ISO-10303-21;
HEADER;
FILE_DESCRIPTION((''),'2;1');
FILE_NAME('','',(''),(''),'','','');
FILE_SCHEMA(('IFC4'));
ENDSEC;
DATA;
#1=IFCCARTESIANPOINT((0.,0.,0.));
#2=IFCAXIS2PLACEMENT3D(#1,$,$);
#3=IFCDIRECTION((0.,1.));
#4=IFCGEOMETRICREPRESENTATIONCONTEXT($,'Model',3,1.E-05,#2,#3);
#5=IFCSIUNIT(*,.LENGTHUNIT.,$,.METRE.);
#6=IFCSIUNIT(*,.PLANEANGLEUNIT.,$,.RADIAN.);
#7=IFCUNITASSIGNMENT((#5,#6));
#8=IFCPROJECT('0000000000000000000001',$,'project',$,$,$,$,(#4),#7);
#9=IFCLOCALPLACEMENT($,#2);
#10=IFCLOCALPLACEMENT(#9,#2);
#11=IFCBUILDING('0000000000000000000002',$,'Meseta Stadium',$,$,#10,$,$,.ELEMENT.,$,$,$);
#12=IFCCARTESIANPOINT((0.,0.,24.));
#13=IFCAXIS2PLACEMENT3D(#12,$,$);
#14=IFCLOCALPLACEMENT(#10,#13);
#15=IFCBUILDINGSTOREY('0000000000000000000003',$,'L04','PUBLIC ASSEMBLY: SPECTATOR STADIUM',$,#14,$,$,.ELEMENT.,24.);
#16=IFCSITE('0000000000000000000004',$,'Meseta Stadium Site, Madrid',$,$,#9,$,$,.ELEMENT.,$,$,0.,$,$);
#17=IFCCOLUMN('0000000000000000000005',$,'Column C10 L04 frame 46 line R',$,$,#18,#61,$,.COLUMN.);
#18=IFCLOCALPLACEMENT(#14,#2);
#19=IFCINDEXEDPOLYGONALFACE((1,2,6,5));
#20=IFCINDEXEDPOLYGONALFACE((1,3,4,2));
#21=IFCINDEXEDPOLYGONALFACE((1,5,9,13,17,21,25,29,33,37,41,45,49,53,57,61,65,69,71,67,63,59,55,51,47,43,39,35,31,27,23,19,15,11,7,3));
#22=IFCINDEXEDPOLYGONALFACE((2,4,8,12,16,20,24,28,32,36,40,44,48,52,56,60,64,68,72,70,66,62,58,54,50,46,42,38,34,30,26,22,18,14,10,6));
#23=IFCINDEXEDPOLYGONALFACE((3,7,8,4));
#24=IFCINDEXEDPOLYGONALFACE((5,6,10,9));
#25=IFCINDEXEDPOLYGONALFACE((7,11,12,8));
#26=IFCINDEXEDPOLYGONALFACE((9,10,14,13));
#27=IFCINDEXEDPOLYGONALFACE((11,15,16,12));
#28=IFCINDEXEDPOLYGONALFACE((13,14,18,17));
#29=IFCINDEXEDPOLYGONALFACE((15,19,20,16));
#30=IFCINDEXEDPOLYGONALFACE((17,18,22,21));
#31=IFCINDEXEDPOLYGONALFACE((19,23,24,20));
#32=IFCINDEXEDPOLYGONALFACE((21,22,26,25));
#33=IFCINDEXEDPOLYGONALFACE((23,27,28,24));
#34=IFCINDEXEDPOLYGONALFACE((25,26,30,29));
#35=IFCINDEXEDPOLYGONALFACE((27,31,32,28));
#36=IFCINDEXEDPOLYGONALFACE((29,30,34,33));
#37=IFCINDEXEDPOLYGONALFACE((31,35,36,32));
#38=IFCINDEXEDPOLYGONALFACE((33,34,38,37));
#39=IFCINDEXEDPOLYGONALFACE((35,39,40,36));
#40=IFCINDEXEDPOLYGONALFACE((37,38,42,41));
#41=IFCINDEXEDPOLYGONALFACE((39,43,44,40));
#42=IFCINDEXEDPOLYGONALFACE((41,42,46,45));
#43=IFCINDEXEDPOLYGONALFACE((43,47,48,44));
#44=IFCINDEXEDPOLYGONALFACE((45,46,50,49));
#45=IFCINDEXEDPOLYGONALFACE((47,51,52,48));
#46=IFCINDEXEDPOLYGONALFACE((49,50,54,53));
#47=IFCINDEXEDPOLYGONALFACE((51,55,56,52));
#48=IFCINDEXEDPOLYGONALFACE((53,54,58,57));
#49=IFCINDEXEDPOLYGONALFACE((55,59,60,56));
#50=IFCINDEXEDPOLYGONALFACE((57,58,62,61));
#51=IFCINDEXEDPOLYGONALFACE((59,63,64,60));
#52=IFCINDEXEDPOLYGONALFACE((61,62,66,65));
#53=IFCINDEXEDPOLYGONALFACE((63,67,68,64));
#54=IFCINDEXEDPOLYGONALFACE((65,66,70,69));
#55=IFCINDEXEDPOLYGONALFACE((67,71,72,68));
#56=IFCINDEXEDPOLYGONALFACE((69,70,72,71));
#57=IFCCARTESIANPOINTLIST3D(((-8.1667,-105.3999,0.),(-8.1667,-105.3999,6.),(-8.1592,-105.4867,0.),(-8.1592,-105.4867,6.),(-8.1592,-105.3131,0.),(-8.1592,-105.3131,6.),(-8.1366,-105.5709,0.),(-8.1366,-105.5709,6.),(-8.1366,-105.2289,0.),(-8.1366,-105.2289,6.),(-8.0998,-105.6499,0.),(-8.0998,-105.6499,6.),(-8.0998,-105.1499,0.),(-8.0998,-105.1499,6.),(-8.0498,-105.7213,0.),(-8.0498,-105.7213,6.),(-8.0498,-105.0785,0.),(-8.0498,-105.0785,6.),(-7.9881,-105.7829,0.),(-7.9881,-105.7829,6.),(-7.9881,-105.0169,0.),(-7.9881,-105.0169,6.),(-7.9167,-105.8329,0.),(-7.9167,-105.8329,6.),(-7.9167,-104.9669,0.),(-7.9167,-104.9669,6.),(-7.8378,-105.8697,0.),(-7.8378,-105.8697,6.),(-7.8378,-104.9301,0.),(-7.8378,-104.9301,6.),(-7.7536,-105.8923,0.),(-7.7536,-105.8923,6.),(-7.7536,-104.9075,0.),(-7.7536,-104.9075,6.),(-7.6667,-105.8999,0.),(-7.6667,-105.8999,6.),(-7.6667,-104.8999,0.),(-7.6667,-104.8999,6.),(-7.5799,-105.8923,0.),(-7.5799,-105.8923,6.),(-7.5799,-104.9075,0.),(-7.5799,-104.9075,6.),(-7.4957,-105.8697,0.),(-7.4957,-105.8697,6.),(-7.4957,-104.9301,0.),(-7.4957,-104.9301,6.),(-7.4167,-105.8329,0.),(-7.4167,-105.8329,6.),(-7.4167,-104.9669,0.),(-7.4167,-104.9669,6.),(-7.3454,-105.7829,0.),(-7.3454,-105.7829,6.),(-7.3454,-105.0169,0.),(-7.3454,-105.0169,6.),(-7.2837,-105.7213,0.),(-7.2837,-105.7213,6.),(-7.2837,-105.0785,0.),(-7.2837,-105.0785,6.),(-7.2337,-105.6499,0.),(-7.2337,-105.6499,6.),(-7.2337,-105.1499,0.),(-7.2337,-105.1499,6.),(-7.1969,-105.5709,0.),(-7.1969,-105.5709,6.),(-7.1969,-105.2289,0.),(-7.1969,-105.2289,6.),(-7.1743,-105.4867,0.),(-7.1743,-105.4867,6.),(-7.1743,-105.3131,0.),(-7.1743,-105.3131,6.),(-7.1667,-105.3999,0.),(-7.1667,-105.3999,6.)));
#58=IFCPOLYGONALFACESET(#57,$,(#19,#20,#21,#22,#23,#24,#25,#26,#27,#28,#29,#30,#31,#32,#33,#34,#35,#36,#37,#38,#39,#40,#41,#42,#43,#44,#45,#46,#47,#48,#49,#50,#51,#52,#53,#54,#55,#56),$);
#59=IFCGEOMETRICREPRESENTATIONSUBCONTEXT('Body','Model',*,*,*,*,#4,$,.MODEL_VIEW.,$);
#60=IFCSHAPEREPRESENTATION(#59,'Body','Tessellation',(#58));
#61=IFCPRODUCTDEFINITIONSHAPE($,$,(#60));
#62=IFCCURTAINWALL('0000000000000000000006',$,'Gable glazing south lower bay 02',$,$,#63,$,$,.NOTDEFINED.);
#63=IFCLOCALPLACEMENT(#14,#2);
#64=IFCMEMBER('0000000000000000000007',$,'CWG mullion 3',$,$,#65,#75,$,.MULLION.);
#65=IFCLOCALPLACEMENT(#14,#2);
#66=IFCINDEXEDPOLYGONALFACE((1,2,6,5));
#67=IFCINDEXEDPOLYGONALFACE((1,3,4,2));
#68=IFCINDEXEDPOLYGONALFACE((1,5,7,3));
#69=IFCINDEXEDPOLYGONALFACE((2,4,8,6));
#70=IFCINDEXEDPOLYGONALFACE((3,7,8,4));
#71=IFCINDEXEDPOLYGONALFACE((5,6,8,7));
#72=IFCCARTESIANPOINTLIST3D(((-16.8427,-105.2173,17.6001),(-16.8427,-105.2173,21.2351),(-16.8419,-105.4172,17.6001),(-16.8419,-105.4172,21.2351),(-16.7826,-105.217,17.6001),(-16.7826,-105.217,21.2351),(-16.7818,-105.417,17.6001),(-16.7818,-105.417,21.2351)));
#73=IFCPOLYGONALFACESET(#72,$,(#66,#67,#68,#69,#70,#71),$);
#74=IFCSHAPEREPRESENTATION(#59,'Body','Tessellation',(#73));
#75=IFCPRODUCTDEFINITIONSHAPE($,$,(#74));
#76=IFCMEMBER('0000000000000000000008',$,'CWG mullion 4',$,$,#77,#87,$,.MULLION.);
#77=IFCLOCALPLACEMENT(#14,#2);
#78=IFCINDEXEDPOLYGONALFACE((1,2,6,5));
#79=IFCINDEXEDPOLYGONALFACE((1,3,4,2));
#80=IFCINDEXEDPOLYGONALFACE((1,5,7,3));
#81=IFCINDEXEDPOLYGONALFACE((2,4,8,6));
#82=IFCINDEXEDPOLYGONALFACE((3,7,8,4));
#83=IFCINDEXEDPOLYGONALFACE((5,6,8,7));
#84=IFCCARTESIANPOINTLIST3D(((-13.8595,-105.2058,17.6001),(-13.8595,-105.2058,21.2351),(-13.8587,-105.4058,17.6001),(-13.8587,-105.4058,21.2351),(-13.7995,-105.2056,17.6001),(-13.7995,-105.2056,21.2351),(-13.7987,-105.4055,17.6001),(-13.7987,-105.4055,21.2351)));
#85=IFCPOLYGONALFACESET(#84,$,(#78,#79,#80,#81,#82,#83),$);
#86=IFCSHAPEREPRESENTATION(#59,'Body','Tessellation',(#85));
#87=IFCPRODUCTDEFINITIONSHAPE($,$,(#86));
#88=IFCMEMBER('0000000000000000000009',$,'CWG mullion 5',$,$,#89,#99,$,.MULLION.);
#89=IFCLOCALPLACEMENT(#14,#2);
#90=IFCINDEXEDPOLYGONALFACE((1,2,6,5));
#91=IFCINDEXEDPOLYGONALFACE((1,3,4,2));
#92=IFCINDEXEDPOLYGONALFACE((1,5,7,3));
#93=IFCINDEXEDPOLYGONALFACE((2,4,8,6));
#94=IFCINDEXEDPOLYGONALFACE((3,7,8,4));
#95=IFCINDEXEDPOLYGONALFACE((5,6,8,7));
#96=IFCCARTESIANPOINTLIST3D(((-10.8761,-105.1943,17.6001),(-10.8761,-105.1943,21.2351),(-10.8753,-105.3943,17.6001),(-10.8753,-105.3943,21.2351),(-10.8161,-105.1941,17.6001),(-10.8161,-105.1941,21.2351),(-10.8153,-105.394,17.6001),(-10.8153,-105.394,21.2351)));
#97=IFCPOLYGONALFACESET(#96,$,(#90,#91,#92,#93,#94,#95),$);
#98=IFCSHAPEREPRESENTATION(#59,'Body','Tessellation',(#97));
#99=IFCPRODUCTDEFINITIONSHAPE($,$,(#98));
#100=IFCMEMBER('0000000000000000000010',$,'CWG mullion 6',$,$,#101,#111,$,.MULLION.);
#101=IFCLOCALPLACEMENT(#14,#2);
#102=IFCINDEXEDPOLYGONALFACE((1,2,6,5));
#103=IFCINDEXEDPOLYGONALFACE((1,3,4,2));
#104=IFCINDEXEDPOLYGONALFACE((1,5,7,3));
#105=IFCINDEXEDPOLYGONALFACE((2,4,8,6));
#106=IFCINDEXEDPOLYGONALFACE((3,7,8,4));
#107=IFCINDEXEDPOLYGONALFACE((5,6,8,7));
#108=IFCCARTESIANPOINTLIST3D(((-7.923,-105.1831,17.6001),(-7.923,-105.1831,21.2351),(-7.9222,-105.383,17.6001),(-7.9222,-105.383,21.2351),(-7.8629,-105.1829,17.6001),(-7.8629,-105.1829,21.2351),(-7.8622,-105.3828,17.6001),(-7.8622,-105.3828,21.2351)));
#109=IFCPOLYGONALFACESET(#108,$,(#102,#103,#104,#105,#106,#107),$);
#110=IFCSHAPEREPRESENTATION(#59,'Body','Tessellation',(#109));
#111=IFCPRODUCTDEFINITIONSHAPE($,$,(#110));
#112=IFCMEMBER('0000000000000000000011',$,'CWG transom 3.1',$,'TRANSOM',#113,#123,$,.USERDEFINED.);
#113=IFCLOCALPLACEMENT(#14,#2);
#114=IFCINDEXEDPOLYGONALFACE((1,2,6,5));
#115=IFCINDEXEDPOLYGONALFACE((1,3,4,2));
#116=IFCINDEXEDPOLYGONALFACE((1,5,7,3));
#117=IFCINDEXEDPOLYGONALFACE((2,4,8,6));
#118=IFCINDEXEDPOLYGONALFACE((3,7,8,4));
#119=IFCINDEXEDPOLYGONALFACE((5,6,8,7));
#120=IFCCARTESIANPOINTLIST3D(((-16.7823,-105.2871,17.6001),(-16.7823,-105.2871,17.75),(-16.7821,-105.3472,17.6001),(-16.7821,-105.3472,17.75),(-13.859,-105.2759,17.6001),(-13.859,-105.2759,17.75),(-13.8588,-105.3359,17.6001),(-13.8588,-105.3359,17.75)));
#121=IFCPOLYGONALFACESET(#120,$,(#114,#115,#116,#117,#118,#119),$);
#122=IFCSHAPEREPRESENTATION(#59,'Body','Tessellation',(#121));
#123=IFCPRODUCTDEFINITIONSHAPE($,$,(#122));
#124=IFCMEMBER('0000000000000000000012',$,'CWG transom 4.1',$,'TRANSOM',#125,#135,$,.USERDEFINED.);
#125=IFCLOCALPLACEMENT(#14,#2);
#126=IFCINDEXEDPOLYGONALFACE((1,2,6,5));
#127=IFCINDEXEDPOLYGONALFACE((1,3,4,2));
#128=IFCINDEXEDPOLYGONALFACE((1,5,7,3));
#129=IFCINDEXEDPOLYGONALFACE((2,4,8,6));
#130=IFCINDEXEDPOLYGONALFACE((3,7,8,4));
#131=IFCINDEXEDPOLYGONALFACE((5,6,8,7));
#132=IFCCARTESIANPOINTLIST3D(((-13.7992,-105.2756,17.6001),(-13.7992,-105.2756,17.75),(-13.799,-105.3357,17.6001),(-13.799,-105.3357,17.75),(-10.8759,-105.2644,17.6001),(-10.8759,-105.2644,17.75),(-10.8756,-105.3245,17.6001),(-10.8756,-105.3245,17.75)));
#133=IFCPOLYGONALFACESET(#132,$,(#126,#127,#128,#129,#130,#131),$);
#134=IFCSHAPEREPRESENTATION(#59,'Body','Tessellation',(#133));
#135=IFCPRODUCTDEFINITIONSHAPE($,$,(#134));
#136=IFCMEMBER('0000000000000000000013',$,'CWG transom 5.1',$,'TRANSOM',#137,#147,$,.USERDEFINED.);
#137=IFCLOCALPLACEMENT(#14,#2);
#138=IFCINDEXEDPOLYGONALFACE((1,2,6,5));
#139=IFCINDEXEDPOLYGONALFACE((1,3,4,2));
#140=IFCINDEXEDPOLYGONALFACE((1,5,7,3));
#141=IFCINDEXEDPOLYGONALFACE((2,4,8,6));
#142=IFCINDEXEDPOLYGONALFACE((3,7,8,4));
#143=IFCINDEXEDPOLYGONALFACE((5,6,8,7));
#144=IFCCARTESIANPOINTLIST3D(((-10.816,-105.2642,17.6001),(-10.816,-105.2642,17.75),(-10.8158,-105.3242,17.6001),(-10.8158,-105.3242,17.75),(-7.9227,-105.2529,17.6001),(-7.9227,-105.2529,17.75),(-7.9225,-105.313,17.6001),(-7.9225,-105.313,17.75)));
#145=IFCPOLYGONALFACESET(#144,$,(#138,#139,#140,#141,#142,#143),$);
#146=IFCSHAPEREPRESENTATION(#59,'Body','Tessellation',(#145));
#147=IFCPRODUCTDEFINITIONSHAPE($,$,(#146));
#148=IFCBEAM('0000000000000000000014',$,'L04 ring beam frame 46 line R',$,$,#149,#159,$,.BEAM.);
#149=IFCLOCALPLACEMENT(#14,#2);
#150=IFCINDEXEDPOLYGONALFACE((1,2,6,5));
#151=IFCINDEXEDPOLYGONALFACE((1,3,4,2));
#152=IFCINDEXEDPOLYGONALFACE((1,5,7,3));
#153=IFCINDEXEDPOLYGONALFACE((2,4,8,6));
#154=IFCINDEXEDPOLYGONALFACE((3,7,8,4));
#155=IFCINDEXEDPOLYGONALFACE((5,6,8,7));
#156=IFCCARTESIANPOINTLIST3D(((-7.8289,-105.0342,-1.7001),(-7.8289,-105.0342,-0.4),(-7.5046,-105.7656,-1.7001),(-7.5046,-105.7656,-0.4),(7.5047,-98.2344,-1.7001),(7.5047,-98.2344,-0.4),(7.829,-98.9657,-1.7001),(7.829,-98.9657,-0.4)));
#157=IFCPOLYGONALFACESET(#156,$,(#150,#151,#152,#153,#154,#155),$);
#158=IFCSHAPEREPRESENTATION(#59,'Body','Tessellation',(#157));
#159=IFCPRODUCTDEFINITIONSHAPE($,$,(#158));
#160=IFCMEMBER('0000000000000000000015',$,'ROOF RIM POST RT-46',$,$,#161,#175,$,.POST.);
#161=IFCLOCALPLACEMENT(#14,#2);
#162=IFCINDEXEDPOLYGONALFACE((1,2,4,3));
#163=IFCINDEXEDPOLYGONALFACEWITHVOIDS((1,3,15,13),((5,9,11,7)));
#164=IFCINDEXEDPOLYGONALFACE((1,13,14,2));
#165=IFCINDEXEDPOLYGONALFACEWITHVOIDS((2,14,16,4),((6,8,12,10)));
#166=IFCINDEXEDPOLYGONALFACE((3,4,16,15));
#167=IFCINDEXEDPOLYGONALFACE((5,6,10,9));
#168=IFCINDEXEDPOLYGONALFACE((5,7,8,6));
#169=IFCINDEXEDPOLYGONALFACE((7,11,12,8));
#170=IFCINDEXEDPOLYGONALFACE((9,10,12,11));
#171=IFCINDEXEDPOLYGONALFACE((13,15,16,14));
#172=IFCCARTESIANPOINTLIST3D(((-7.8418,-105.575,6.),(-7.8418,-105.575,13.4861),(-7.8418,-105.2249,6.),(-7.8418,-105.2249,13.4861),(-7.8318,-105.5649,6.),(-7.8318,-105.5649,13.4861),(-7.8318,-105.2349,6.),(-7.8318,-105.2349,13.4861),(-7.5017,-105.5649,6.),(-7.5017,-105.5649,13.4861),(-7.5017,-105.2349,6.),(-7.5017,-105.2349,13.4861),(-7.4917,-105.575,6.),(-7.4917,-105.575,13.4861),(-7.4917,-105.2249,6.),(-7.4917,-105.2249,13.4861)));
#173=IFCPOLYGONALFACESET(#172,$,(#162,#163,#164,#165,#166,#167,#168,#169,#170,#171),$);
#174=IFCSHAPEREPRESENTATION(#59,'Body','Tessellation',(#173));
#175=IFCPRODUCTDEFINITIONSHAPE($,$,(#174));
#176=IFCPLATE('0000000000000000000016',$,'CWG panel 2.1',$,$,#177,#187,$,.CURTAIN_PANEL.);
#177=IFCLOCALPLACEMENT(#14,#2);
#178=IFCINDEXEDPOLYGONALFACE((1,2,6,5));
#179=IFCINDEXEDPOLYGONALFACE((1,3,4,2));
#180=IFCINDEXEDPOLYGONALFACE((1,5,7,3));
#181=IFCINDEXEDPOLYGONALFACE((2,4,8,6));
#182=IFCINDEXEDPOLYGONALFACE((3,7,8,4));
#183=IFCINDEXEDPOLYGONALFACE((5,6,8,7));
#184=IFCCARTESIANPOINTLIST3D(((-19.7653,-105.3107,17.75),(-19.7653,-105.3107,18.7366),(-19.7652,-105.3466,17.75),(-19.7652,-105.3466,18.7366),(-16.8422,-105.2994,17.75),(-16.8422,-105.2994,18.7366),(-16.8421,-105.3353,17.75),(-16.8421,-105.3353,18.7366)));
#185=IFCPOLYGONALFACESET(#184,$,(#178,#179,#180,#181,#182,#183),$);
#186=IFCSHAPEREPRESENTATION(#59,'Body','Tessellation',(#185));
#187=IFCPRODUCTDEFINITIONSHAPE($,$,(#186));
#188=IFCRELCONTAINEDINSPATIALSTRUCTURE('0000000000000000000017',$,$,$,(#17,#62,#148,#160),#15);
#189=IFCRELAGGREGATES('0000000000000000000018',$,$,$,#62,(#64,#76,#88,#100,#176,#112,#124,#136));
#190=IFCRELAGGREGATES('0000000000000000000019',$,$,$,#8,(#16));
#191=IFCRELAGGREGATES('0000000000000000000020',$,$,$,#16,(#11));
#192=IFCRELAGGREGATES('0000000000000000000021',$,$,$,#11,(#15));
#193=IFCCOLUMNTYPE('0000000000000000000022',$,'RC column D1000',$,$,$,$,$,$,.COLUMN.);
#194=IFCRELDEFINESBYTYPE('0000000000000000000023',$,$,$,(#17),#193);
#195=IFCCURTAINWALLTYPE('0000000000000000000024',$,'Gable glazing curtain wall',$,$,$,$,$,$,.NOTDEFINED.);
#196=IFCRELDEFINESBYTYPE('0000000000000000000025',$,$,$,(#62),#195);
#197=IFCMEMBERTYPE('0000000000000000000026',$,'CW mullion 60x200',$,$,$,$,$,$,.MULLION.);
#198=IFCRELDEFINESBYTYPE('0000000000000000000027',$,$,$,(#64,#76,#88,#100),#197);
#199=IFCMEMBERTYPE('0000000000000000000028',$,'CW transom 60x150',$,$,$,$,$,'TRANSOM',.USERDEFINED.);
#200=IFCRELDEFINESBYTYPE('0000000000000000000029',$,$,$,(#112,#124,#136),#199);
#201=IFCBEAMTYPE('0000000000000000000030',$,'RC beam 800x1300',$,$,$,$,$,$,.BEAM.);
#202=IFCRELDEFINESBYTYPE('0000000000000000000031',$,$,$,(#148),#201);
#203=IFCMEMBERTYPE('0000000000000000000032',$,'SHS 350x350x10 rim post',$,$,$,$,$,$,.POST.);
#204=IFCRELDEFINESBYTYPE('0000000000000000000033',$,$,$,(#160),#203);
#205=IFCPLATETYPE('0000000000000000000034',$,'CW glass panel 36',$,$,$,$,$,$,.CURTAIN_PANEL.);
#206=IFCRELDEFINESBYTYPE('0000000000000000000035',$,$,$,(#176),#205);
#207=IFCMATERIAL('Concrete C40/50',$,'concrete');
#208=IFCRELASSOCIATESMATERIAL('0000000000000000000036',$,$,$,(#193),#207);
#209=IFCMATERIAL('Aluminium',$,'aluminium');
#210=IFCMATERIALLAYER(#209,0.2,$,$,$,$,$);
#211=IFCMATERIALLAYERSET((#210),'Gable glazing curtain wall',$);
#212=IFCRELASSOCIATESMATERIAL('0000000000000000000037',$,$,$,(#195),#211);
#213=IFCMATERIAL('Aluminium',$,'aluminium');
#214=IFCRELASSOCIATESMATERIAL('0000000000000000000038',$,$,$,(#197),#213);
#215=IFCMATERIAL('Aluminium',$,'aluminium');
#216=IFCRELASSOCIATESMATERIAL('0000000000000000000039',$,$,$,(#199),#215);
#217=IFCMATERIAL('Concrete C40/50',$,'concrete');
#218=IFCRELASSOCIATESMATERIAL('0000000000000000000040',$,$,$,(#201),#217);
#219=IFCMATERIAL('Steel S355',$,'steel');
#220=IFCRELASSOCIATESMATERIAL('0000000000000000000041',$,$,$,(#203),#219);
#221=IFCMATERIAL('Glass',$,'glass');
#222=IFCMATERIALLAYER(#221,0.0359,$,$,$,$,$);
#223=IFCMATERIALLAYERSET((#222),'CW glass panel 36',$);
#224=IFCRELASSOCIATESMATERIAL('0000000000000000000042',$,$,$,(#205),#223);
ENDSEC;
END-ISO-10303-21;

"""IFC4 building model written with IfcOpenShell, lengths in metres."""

from ifc_helpers import new_model, si_unit, direction, frame, origin, origin_2d, place, context, subcontext, project, spatial, rectangle, hollow_rectangle, circle, extrude, material, layer, layer_set, material_profile, profile_set, type_object, element, aggregate, save


model = new_model("IFC4")

# Units and contexts
model_context = context("Model", 3, precision=1e-05, world=origin(), true_north=direction((0.0, 1.0)))
body_context = subcontext(model_context, "Body", "Model", "MODEL_VIEW")
ifc_project = project(units=[si_unit("LENGTHUNIT", "METRE"), si_unit("PLANEANGLEUNIT", "RADIAN")], contexts=[model_context])

# Site, building, storey
site_placement = place(None, origin())
site = spatial("IfcSite", under=ifc_project, at=site_placement, Name="Meseta Stadium Site, Madrid", CompositionType="ELEMENT", RefElevation=0.0)
building_placement = place(site_placement, origin())
building = spatial("IfcBuilding", under=site, at=building_placement, Name="Meseta Stadium", CompositionType="ELEMENT")
storey_placement = place(building_placement, frame((0.0, 0.0, 24.0)))
storey = spatial("IfcBuildingStorey", under=building, at=storey_placement, Name="L04", Description="PUBLIC ASSEMBLY: SPECTATOR STADIUM", CompositionType="ELEMENT", Elevation=24.0)

# Column
ifc_material_1 = material(Name="Concrete C40/50", Category="concrete")
ifc_material_profile_1 = material_profile(ifc_material_1, circle(Radius=0.5, at=origin_2d()), Name="RC D1000")
ifc_profile_set_1 = profile_set([ifc_material_profile_1], Name="Concrete C40/50")
column_type = type_object("IfcColumnType", Name="RC column D1000", PredefinedType="COLUMN", material=ifc_profile_set_1)
column_placement = place(storey_placement, frame((-7.6667, -105.3999, 0.0), z_axis=(0.0, 0.0, 1.0), x_axis=(1.0, 0.0, 0.0)))
element("IfcColumn", 1, at=column_placement, inside=storey, type_object=column_type, Name="Column C10 L04 frame 46 line R", PredefinedType="COLUMN", context=body_context, shape_type="SweptSolid", body=[
    extrude(circle(Radius=0.5, at=origin_2d()), origin(), (0.0, 0.0, 1.0), 6.0),
])

# Curtain wall, members
ifc_material_2 = material(Name="Aluminium", Category="aluminium")
ifc_layer_1 = layer(ifc_material_2, 0.2)
ifc_layer_set_1 = layer_set([ifc_layer_1], Name="Gable glazing curtain wall")
curtain_wall_type = type_object("IfcCurtainWallType", Name="Gable glazing curtain wall", PredefinedType="NOTDEFINED", material=ifc_layer_set_1)
curtain_wall_placement = place(storey_placement, origin())
curtain_wall = element("IfcCurtainWall", 2, at=curtain_wall_placement, inside=storey, type_object=curtain_wall_type, Name="Gable glazing south lower bay 02", PredefinedType="NOTDEFINED")
ifc_material_3 = material(Name="Aluminium", Category="aluminium")
ifc_material_profile_2 = material_profile(ifc_material_3, rectangle(XDim=0.2, YDim=0.0601, at=origin_2d()), Name="CW 200x60")
ifc_profile_set_2 = profile_set([ifc_material_profile_2], Name="Aluminium")
member_type_1 = type_object("IfcMemberType", Name="CW mullion 60x200", PredefinedType="MULLION", material=ifc_profile_set_2)
member_1_placement = place(storey_placement, frame((-16.8123, -105.3171, 17.6001), z_axis=(0.0, 0.0, 1.0), x_axis=(-0.003848, 0.999993, 0.0)))
member_1 = element("IfcMember", 3, at=member_1_placement, type_object=member_type_1, Name="CWG mullion 3", PredefinedType="MULLION", context=body_context, shape_type="SweptSolid", body=[
    extrude(rectangle(XDim=0.2, YDim=0.0601, at=origin_2d()), origin(), (0.0, 0.0, 1.0), 3.635),
])
member_2_placement = place(storey_placement, frame((-13.8291, -105.3057, 17.6001), z_axis=(0.0, 0.0, 1.0), x_axis=(-0.003848, 0.999993, 0.0)))
member_2 = element("IfcMember", 4, at=member_2_placement, type_object=member_type_1, Name="CWG mullion 4", PredefinedType="MULLION", context=body_context, shape_type="SweptSolid", body=[
    extrude(rectangle(XDim=0.2, YDim=0.0601, at=origin_2d()), origin(), (0.0, 0.0, 1.0), 3.635),
])
member_3_placement = place(storey_placement, frame((-10.8457, -105.2942, 17.6001), z_axis=(0.0, 0.0, 1.0), x_axis=(-0.003848, 0.999993, 0.0)))
member_3 = element("IfcMember", 5, at=member_3_placement, type_object=member_type_1, Name="CWG mullion 5", PredefinedType="MULLION", context=body_context, shape_type="SweptSolid", body=[
    extrude(rectangle(XDim=0.2, YDim=0.0601, at=origin_2d()), origin(), (0.0, 0.0, 1.0), 3.635),
])
member_4_placement = place(storey_placement, frame((-7.8926, -105.283, 17.6001), z_axis=(0.0, 0.0, 1.0), x_axis=(-0.003848, 0.999993, 0.0)))
member_4 = element("IfcMember", 6, at=member_4_placement, type_object=member_type_1, Name="CWG mullion 6", PredefinedType="MULLION", context=body_context, shape_type="SweptSolid", body=[
    extrude(rectangle(XDim=0.2, YDim=0.0601, at=origin_2d()), origin(), (0.0, 0.0, 1.0), 3.635),
])
ifc_material_4 = material(Name="Aluminium", Category="aluminium")
ifc_material_profile_3 = material_profile(ifc_material_4, rectangle(XDim=0.0601, YDim=0.1499, at=origin_2d()), Name="CW 60x150")
ifc_profile_set_3 = profile_set([ifc_material_profile_3], Name="Aluminium")
member_type_2 = type_object("IfcMemberType", Name="CW transom 60x150", ElementType="TRANSOM", PredefinedType="USERDEFINED", material=ifc_profile_set_3)
member_5_placement = place(storey_placement, frame((-16.7822, -105.3171, 17.675), z_axis=(0.999993, 0.003842, 0.0), x_axis=(-0.003842, 0.999993, 0.0)))
member_5 = element("IfcMember", 7, at=member_5_placement, type_object=member_type_2, Name="CWG transom 3.1", ObjectType="TRANSOM", PredefinedType="USERDEFINED", context=body_context, shape_type="SweptSolid", body=[
    extrude(rectangle(XDim=0.0601, YDim=0.1499, at=origin_2d()), origin(), (0.0, 0.0, 1.0), 2.9233),
])
member_6_placement = place(storey_placement, frame((-13.7991, -105.3057, 17.675), z_axis=(0.999993, 0.003842, 0.0), x_axis=(-0.003842, 0.999993, 0.0)))
member_6 = element("IfcMember", 8, at=member_6_placement, type_object=member_type_2, Name="CWG transom 4.1", ObjectType="TRANSOM", PredefinedType="USERDEFINED", context=body_context, shape_type="SweptSolid", body=[
    extrude(rectangle(XDim=0.0601, YDim=0.1499, at=origin_2d()), origin(), (0.0, 0.0, 1.0), 2.9233),
])
member_7_placement = place(storey_placement, frame((-10.8159, -105.2942, 17.675), z_axis=(0.999992, 0.003881, 0.0), x_axis=(-0.003881, 0.999992, 0.0)))
member_7 = element("IfcMember", 9, at=member_7_placement, type_object=member_type_2, Name="CWG transom 5.1", ObjectType="TRANSOM", PredefinedType="USERDEFINED", context=body_context, shape_type="SweptSolid", body=[
    extrude(rectangle(XDim=0.0601, YDim=0.1499, at=origin_2d()), origin(), (0.0, 0.0, 1.0), 2.8933),
])

# Beam
ifc_material_5 = material(Name="Concrete C40/50", Category="concrete")
ifc_material_profile_4 = material_profile(ifc_material_5, rectangle(XDim=0.8, YDim=1.3, at=origin_2d()), Name="RC 800x1300")
ifc_profile_set_4 = profile_set([ifc_material_profile_4], Name="Concrete C40/50")
beam_type = type_object("IfcBeamType", Name="RC beam 800x1300", PredefinedType="BEAM", material=ifc_profile_set_4)
beam_placement = place(storey_placement, frame((-7.6667, -105.3999, -1.05), z_axis=(0.914145, 0.405387, 0.0), x_axis=(-0.405387, 0.914145, 0.0)))
element("IfcBeam", 10, at=beam_placement, inside=storey, type_object=beam_type, Name="L04 ring beam frame 46 line R", PredefinedType="BEAM", context=body_context, shape_type="SweptSolid", body=[
    extrude(rectangle(XDim=0.8, YDim=1.3, at=origin_2d()), origin(), (0.0, 0.0, 1.0), 16.7737),
])

# Member
ifc_material_6 = material(Name="Steel S355", Category="steel")
ifc_material_profile_5 = material_profile(ifc_material_6, hollow_rectangle(XDim=0.3501, YDim=0.3501, WallThickness=0.01, at=origin_2d()), Name="SHS 350x350x10")
ifc_profile_set_5 = profile_set([ifc_material_profile_5], Name="Steel S355")
member_type_3 = type_object("IfcMemberType", Name="SHS 350x350x10 rim post", PredefinedType="POST", material=ifc_profile_set_5)
member_8_placement = place(storey_placement, frame((-7.6667, -105.3999, 6.0), z_axis=(0.0, 0.0, 1.0), x_axis=(1.0, 0.0, 0.0)))
element("IfcMember", 11, at=member_8_placement, inside=storey, type_object=member_type_3, Name="ROOF RIM POST RT-46", PredefinedType="POST", context=body_context, shape_type="SweptSolid", body=[
    extrude(hollow_rectangle(XDim=0.3501, YDim=0.3501, WallThickness=0.01, at=origin_2d()), origin(), (0.0, 0.0, 1.0), 7.4861),
])

# Plate
ifc_material_7 = material(Name="Glass", Category="glass")
ifc_layer_2 = layer(ifc_material_7, 0.0359)
ifc_layer_set_2 = layer_set([ifc_layer_2], Name="CW glass panel 36")
plate_type = type_object("IfcPlateType", Name="CW glass panel 36", PredefinedType="CURTAIN_PANEL", material=ifc_layer_set_2)
plate_1_placement = place(storey_placement, frame((-18.3037, -105.323, 17.75), z_axis=(0.0, 0.0, 1.0), x_axis=(0.999993, 0.003848, 0.0)))
plate_1 = element("IfcPlate", 12, at=plate_1_placement, type_object=plate_type, Name="CWG panel 2.1", PredefinedType="CURTAIN_PANEL", context=body_context, shape_type="SweptSolid", body=[
    extrude(rectangle(XDim=2.9231, YDim=0.0359, at=origin_2d()), origin(), (0.0, 0.0, 1.0), 0.9866),
])
aggregate(curtain_wall, [member_1, member_2, member_3, member_4, plate_1, member_5, member_6, member_7])

save(model, "model.ifc")
